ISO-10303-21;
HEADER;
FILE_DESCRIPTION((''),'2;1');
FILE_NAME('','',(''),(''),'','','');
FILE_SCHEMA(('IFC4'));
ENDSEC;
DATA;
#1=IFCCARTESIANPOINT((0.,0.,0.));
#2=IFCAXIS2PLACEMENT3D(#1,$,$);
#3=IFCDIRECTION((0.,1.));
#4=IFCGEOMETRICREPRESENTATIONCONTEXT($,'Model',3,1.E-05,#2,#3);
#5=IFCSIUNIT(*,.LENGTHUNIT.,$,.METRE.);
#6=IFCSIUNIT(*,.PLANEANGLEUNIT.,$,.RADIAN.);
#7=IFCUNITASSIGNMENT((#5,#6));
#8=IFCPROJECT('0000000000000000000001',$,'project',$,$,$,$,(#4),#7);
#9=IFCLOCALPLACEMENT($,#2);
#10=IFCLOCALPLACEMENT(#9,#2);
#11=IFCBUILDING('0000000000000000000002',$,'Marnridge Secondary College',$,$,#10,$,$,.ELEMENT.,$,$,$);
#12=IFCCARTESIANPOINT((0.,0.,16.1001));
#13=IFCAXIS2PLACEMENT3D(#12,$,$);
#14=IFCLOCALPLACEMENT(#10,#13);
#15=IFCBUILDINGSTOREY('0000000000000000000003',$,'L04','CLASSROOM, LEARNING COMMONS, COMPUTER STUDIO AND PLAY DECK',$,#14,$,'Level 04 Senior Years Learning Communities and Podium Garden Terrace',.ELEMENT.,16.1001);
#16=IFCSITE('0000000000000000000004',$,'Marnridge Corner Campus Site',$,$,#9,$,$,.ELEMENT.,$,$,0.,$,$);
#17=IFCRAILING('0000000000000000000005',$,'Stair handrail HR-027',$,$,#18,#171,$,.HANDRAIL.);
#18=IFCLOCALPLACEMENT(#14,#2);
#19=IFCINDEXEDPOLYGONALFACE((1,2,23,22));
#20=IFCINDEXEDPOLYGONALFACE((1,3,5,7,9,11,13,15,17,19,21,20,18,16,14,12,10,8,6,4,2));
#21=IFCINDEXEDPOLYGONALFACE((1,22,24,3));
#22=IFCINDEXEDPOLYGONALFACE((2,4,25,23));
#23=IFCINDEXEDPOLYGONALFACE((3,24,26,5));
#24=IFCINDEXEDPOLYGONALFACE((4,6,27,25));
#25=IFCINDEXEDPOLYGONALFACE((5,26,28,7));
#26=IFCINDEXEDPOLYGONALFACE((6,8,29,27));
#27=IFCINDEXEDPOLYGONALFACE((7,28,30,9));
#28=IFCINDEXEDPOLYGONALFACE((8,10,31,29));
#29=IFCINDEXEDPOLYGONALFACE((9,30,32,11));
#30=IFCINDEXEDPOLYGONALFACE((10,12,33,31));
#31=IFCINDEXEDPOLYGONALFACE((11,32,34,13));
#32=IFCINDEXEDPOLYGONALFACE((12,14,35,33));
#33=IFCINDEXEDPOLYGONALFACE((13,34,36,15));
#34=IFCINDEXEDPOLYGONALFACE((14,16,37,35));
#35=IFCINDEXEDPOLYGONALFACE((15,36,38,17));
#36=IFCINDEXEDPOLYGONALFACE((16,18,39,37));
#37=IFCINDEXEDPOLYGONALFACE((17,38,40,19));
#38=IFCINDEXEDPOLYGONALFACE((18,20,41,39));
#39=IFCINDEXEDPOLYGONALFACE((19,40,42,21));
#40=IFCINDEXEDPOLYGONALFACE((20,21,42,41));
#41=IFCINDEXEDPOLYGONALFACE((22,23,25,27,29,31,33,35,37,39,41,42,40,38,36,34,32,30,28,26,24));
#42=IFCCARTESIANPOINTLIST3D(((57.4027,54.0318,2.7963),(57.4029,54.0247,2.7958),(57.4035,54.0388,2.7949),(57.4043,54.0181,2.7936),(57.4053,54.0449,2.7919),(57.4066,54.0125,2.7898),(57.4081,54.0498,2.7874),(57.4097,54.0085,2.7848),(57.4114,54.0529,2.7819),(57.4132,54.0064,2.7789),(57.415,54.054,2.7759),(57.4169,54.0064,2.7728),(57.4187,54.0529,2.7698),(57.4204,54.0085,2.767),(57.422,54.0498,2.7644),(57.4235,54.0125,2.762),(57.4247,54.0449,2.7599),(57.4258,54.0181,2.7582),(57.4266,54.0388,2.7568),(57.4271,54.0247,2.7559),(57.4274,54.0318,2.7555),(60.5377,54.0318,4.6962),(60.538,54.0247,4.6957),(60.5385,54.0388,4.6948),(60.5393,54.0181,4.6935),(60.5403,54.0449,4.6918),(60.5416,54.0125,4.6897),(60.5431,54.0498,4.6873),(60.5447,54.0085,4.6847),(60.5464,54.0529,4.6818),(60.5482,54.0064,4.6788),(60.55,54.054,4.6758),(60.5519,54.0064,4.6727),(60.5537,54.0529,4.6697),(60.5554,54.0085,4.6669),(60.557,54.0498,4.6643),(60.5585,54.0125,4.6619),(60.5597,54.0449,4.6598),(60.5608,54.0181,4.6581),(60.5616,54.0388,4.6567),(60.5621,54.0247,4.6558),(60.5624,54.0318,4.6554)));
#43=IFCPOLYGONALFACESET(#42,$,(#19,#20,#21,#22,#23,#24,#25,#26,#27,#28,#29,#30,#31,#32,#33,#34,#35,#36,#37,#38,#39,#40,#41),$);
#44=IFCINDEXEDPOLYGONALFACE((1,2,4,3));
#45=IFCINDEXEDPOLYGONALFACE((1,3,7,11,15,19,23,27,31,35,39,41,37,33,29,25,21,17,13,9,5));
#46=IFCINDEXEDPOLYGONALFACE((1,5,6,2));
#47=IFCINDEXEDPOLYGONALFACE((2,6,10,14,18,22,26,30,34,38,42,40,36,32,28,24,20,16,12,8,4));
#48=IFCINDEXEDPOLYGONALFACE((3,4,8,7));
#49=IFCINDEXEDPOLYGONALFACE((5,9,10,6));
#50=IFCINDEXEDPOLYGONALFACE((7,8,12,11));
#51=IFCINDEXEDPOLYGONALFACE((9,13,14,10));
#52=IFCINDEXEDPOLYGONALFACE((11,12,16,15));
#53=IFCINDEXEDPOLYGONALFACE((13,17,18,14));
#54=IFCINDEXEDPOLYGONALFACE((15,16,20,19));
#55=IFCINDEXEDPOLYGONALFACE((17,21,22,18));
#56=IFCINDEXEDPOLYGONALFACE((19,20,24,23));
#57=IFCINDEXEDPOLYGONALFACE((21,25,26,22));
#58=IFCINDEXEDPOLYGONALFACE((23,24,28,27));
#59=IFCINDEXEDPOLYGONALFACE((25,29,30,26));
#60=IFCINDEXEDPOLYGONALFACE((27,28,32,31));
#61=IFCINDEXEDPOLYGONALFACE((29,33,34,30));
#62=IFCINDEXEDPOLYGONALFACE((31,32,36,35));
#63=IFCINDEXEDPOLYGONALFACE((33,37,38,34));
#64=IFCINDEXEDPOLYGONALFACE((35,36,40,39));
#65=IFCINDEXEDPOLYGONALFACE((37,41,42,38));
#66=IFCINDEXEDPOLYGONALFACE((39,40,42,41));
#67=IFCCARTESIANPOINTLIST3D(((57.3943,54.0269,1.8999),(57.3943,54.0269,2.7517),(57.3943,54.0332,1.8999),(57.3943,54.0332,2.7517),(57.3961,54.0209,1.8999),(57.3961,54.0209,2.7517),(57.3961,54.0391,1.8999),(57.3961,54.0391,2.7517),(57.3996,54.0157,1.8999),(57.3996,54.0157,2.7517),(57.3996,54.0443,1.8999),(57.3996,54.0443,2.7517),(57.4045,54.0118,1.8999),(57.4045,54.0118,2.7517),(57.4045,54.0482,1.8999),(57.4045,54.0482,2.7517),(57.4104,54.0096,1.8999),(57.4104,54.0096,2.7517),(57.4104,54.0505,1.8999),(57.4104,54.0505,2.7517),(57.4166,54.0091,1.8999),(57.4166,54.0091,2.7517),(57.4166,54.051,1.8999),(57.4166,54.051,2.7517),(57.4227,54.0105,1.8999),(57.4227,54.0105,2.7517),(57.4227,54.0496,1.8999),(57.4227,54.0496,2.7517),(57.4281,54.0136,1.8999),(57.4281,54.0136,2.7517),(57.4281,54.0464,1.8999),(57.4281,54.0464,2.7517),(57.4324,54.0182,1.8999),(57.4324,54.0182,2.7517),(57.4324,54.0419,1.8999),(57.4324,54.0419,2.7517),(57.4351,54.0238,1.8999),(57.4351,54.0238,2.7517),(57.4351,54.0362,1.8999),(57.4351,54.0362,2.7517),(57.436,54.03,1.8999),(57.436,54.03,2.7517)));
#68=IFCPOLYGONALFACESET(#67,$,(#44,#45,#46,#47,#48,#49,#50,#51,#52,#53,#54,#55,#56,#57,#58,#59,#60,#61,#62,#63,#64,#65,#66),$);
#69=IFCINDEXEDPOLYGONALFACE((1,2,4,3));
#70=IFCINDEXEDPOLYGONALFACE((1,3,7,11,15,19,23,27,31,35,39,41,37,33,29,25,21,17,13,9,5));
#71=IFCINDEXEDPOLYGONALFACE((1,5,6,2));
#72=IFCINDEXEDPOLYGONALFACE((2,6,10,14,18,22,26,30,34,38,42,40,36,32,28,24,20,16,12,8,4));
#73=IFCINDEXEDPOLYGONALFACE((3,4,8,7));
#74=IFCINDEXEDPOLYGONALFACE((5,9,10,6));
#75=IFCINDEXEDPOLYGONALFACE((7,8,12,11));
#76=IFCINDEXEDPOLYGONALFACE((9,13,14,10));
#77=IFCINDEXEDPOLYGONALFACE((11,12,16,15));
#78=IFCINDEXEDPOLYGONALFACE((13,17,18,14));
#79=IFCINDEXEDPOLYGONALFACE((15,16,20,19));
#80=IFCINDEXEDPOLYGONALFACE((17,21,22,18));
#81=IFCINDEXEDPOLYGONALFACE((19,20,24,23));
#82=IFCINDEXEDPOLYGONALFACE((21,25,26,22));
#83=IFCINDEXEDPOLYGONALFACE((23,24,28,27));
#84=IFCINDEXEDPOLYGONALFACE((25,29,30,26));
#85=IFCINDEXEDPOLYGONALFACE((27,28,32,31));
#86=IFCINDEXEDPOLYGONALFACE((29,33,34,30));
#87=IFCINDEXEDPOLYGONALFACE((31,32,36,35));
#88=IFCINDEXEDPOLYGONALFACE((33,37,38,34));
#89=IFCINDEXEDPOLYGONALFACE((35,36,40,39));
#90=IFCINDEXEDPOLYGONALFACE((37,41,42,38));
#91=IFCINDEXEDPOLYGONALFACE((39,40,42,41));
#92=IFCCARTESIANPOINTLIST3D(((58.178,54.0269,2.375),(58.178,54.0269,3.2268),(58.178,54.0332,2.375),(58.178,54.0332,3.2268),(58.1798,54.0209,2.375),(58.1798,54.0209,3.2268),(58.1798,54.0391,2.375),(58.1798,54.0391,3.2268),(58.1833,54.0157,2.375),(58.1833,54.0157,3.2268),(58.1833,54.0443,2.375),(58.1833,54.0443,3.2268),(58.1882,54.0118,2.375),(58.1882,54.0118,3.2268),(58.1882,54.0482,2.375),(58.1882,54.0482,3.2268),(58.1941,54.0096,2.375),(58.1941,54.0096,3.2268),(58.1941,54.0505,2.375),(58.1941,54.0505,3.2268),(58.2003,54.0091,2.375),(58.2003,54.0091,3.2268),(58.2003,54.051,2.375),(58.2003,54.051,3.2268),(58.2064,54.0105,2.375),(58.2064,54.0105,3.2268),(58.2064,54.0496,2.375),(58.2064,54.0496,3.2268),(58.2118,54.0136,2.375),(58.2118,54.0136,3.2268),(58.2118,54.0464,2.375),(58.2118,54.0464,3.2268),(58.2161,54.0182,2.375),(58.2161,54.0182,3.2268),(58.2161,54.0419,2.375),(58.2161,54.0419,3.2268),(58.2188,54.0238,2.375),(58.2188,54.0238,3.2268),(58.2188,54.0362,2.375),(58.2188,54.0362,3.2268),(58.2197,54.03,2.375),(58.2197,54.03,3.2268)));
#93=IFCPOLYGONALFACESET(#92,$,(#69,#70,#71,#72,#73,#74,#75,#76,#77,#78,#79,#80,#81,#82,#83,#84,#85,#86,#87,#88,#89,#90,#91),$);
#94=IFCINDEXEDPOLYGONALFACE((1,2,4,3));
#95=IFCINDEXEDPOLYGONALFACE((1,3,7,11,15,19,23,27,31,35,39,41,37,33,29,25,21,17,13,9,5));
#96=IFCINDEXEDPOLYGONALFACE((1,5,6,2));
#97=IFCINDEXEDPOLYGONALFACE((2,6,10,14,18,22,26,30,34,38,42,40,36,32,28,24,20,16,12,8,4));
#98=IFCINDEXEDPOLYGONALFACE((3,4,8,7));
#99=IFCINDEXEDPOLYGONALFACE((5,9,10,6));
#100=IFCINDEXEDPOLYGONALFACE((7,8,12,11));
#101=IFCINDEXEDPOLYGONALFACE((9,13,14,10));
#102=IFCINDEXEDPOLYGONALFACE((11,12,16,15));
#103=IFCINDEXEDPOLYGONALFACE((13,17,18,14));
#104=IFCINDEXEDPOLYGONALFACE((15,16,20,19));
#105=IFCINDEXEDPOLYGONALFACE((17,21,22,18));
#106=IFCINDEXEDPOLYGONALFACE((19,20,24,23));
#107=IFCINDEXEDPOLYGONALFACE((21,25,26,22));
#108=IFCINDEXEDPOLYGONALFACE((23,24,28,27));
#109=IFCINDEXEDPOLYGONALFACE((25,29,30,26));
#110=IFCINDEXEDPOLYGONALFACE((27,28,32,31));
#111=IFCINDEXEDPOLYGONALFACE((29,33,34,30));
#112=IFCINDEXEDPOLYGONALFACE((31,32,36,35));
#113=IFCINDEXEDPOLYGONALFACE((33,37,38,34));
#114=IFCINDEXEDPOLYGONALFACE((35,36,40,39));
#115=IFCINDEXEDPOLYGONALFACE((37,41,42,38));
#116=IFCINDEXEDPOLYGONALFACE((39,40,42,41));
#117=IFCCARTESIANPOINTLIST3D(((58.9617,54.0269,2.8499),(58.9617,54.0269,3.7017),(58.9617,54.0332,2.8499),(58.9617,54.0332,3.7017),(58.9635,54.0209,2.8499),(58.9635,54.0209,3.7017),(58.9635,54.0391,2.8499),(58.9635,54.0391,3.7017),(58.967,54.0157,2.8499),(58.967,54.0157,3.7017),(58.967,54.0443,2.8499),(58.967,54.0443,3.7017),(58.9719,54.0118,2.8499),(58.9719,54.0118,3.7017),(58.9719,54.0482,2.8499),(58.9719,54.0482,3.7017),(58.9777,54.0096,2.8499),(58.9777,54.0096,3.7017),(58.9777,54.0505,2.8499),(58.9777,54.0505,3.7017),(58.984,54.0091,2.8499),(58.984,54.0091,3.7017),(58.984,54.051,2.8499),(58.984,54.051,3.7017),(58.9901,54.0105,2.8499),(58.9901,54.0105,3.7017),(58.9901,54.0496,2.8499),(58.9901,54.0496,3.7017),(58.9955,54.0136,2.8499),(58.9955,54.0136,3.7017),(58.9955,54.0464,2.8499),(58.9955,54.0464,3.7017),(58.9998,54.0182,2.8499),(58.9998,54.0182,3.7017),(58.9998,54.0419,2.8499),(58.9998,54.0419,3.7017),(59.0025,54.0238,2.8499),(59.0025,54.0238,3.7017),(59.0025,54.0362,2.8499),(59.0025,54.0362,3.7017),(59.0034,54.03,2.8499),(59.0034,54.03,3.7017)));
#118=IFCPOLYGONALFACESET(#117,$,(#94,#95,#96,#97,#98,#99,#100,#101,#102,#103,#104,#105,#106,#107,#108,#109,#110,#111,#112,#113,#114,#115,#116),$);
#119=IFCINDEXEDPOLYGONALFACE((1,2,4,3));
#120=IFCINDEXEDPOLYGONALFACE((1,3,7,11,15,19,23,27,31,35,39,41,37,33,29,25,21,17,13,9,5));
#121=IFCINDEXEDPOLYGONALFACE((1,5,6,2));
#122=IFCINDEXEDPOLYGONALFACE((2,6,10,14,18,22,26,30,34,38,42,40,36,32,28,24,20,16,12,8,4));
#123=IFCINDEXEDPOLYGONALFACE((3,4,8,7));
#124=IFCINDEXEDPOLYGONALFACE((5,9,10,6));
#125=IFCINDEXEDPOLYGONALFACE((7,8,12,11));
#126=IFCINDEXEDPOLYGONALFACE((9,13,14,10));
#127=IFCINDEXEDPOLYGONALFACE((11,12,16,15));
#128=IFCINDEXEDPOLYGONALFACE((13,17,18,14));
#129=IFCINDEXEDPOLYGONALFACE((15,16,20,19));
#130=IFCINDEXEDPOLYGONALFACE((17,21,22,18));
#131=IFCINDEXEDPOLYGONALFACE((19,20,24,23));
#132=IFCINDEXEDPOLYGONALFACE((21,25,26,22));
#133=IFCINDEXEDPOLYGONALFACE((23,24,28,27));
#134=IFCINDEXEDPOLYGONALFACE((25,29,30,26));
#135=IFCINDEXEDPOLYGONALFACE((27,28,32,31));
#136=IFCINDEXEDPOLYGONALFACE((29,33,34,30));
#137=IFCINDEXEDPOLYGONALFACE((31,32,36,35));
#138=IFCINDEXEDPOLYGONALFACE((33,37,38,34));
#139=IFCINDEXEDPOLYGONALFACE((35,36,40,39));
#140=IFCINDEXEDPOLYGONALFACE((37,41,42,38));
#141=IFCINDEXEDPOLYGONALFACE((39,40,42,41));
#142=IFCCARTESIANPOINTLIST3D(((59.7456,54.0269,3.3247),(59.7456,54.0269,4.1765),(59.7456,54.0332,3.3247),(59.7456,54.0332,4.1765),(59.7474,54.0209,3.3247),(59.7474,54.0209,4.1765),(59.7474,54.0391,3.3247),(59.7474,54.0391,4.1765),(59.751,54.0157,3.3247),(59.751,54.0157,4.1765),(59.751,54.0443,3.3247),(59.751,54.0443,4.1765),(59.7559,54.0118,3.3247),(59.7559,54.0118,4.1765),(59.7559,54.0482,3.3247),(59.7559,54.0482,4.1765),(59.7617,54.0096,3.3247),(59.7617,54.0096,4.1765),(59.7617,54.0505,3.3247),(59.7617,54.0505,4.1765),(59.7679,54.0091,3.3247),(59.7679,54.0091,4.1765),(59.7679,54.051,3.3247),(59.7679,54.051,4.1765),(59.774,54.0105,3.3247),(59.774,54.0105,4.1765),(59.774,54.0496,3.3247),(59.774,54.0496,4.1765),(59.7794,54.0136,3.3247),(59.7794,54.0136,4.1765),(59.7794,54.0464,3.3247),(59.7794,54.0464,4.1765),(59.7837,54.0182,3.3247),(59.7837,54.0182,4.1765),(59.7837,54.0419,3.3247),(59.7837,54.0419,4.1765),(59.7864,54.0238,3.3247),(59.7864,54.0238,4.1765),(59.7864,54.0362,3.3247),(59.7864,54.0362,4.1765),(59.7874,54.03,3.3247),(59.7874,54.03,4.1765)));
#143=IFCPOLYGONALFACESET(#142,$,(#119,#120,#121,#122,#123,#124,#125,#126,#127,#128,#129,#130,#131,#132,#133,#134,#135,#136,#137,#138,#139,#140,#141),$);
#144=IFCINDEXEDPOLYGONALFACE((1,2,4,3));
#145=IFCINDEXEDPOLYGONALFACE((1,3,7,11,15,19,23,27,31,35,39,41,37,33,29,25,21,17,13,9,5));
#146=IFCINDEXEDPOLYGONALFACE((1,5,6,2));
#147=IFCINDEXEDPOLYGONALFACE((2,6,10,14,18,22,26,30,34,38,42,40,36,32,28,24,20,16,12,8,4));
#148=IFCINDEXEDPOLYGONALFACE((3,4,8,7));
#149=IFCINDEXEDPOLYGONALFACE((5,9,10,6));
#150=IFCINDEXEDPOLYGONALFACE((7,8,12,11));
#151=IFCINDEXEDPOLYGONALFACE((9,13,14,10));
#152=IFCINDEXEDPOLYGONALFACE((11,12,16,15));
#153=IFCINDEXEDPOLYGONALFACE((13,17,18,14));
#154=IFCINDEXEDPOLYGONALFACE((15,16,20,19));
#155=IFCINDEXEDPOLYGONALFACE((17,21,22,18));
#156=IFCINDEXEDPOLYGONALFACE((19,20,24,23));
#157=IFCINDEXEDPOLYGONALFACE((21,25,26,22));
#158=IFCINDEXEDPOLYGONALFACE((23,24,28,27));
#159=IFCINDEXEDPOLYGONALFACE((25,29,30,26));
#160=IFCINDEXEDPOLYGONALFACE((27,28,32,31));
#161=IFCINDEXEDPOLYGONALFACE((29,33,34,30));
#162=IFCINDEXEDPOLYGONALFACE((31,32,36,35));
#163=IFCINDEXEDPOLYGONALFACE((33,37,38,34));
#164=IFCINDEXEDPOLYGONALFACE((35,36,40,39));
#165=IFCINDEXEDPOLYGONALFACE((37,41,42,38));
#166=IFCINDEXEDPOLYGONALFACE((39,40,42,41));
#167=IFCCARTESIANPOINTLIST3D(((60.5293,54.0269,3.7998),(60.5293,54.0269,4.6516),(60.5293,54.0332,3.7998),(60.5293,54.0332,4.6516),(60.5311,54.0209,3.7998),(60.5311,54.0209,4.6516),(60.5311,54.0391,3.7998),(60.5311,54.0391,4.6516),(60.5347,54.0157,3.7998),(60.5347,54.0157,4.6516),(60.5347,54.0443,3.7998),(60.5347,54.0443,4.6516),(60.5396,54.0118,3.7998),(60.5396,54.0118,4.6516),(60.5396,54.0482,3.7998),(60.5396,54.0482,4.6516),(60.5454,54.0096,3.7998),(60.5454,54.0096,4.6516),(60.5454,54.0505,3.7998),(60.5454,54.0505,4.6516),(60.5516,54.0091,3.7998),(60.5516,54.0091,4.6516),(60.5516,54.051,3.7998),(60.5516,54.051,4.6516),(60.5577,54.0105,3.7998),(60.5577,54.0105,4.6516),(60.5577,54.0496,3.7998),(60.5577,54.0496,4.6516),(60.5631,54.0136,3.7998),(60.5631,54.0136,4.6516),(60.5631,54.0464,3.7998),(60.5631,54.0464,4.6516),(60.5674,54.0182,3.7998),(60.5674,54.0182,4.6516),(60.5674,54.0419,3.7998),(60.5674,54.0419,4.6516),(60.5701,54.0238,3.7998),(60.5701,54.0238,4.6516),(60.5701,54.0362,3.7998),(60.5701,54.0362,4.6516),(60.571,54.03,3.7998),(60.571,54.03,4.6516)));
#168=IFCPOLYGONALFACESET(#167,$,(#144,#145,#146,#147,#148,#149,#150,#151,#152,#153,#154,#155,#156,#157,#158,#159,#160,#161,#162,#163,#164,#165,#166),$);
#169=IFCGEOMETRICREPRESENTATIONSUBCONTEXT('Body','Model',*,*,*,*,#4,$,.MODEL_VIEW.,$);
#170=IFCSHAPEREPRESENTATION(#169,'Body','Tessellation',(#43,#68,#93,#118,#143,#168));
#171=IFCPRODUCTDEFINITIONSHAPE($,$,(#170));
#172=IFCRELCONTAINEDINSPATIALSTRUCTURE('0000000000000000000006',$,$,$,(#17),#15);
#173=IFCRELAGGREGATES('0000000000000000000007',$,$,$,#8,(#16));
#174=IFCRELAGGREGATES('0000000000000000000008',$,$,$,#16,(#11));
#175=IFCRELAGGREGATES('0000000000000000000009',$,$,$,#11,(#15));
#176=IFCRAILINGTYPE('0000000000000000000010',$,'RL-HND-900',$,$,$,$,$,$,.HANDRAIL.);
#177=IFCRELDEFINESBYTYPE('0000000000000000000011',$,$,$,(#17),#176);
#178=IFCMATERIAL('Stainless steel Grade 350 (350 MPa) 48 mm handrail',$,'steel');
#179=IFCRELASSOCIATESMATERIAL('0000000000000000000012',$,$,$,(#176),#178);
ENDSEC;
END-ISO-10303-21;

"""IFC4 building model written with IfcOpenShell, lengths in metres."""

from ifc_helpers import new_model, si_unit, direction, frame, origin, origin_2d, place, context, subcontext, project, spatial, circle, extrude, material, type_object, element, save


model = new_model("IFC4")

# Units and contexts
model_context = context("Model", 3, precision=1e-05, world=origin(), true_north=direction((0.0, 1.0)))
body_context = subcontext(model_context, "Body", "Model", "MODEL_VIEW")
ifc_project = project(units=[si_unit("LENGTHUNIT", "METRE"), si_unit("PLANEANGLEUNIT", "RADIAN")], contexts=[model_context])

# Site, building, storey
site_placement = place(None, origin())
site = spatial("IfcSite", under=ifc_project, at=site_placement, Name="Marnridge Corner Campus Site", CompositionType="ELEMENT", RefElevation=0.0)
building_placement = place(site_placement, origin())
building = spatial("IfcBuilding", under=site, at=building_placement, Name="Marnridge Secondary College", CompositionType="ELEMENT")
storey_placement = place(building_placement, frame((0.0, 0.0, 16.1001)))
storey = spatial("IfcBuildingStorey", under=building, at=storey_placement, Name="L04", Description="CLASSROOM, LEARNING COMMONS, COMPUTER STUDIO AND PLAY DECK", LongName="Level 04 Senior Years Learning Communities and Podium Garden Terrace", CompositionType="ELEMENT", Elevation=16.1001)

# Railing
ifc_material_1 = material(Name="Stainless steel Grade 350 (350 MPa) 48 mm handrail", Category="steel")
railing_type = type_object("IfcRailingType", Name="RL-HND-900", PredefinedType="HANDRAIL", material=ifc_material_1)
railing_placement = place(storey_placement, frame((57.415, 54.03, 1.8999)))
element("IfcRailing", 1, at=railing_placement, inside=storey, type_object=railing_type, Name="Stair handrail HR-027", PredefinedType="HANDRAIL", context=body_context, shape_type="SweptSolid", body=[
    extrude(circle(Radius=0.0239, at=origin_2d()), frame((0.0, 0.0, 0.876), z_axis=(0.85521, 0.0, 0.518281), x_axis=(0.0, 1.0, 0.0)), (0.0, 0.0, 1.0), 3.6658),
    extrude(circle(Radius=0.021, at=origin_2d()), origin(), (0.0, 0.0, 1.0), 0.8518),
    extrude(circle(Radius=0.021, at=origin_2d()), frame((0.7837, 0.0, 0.4751)), (0.0, 0.0, 1.0), 0.8518),
    extrude(circle(Radius=0.021, at=origin_2d()), frame((1.5674, 0.0, 0.95)), (0.0, 0.0, 1.0), 0.8518),
    extrude(circle(Radius=0.021, at=origin_2d()), frame((2.3513, 0.0, 1.4248)), (0.0, 0.0, 1.0), 0.8518),
    extrude(circle(Radius=0.021, at=origin_2d()), frame((3.135, 0.0, 1.8999)), (0.0, 0.0, 1.0), 0.8518),
])

save(model, "model.ifc")
